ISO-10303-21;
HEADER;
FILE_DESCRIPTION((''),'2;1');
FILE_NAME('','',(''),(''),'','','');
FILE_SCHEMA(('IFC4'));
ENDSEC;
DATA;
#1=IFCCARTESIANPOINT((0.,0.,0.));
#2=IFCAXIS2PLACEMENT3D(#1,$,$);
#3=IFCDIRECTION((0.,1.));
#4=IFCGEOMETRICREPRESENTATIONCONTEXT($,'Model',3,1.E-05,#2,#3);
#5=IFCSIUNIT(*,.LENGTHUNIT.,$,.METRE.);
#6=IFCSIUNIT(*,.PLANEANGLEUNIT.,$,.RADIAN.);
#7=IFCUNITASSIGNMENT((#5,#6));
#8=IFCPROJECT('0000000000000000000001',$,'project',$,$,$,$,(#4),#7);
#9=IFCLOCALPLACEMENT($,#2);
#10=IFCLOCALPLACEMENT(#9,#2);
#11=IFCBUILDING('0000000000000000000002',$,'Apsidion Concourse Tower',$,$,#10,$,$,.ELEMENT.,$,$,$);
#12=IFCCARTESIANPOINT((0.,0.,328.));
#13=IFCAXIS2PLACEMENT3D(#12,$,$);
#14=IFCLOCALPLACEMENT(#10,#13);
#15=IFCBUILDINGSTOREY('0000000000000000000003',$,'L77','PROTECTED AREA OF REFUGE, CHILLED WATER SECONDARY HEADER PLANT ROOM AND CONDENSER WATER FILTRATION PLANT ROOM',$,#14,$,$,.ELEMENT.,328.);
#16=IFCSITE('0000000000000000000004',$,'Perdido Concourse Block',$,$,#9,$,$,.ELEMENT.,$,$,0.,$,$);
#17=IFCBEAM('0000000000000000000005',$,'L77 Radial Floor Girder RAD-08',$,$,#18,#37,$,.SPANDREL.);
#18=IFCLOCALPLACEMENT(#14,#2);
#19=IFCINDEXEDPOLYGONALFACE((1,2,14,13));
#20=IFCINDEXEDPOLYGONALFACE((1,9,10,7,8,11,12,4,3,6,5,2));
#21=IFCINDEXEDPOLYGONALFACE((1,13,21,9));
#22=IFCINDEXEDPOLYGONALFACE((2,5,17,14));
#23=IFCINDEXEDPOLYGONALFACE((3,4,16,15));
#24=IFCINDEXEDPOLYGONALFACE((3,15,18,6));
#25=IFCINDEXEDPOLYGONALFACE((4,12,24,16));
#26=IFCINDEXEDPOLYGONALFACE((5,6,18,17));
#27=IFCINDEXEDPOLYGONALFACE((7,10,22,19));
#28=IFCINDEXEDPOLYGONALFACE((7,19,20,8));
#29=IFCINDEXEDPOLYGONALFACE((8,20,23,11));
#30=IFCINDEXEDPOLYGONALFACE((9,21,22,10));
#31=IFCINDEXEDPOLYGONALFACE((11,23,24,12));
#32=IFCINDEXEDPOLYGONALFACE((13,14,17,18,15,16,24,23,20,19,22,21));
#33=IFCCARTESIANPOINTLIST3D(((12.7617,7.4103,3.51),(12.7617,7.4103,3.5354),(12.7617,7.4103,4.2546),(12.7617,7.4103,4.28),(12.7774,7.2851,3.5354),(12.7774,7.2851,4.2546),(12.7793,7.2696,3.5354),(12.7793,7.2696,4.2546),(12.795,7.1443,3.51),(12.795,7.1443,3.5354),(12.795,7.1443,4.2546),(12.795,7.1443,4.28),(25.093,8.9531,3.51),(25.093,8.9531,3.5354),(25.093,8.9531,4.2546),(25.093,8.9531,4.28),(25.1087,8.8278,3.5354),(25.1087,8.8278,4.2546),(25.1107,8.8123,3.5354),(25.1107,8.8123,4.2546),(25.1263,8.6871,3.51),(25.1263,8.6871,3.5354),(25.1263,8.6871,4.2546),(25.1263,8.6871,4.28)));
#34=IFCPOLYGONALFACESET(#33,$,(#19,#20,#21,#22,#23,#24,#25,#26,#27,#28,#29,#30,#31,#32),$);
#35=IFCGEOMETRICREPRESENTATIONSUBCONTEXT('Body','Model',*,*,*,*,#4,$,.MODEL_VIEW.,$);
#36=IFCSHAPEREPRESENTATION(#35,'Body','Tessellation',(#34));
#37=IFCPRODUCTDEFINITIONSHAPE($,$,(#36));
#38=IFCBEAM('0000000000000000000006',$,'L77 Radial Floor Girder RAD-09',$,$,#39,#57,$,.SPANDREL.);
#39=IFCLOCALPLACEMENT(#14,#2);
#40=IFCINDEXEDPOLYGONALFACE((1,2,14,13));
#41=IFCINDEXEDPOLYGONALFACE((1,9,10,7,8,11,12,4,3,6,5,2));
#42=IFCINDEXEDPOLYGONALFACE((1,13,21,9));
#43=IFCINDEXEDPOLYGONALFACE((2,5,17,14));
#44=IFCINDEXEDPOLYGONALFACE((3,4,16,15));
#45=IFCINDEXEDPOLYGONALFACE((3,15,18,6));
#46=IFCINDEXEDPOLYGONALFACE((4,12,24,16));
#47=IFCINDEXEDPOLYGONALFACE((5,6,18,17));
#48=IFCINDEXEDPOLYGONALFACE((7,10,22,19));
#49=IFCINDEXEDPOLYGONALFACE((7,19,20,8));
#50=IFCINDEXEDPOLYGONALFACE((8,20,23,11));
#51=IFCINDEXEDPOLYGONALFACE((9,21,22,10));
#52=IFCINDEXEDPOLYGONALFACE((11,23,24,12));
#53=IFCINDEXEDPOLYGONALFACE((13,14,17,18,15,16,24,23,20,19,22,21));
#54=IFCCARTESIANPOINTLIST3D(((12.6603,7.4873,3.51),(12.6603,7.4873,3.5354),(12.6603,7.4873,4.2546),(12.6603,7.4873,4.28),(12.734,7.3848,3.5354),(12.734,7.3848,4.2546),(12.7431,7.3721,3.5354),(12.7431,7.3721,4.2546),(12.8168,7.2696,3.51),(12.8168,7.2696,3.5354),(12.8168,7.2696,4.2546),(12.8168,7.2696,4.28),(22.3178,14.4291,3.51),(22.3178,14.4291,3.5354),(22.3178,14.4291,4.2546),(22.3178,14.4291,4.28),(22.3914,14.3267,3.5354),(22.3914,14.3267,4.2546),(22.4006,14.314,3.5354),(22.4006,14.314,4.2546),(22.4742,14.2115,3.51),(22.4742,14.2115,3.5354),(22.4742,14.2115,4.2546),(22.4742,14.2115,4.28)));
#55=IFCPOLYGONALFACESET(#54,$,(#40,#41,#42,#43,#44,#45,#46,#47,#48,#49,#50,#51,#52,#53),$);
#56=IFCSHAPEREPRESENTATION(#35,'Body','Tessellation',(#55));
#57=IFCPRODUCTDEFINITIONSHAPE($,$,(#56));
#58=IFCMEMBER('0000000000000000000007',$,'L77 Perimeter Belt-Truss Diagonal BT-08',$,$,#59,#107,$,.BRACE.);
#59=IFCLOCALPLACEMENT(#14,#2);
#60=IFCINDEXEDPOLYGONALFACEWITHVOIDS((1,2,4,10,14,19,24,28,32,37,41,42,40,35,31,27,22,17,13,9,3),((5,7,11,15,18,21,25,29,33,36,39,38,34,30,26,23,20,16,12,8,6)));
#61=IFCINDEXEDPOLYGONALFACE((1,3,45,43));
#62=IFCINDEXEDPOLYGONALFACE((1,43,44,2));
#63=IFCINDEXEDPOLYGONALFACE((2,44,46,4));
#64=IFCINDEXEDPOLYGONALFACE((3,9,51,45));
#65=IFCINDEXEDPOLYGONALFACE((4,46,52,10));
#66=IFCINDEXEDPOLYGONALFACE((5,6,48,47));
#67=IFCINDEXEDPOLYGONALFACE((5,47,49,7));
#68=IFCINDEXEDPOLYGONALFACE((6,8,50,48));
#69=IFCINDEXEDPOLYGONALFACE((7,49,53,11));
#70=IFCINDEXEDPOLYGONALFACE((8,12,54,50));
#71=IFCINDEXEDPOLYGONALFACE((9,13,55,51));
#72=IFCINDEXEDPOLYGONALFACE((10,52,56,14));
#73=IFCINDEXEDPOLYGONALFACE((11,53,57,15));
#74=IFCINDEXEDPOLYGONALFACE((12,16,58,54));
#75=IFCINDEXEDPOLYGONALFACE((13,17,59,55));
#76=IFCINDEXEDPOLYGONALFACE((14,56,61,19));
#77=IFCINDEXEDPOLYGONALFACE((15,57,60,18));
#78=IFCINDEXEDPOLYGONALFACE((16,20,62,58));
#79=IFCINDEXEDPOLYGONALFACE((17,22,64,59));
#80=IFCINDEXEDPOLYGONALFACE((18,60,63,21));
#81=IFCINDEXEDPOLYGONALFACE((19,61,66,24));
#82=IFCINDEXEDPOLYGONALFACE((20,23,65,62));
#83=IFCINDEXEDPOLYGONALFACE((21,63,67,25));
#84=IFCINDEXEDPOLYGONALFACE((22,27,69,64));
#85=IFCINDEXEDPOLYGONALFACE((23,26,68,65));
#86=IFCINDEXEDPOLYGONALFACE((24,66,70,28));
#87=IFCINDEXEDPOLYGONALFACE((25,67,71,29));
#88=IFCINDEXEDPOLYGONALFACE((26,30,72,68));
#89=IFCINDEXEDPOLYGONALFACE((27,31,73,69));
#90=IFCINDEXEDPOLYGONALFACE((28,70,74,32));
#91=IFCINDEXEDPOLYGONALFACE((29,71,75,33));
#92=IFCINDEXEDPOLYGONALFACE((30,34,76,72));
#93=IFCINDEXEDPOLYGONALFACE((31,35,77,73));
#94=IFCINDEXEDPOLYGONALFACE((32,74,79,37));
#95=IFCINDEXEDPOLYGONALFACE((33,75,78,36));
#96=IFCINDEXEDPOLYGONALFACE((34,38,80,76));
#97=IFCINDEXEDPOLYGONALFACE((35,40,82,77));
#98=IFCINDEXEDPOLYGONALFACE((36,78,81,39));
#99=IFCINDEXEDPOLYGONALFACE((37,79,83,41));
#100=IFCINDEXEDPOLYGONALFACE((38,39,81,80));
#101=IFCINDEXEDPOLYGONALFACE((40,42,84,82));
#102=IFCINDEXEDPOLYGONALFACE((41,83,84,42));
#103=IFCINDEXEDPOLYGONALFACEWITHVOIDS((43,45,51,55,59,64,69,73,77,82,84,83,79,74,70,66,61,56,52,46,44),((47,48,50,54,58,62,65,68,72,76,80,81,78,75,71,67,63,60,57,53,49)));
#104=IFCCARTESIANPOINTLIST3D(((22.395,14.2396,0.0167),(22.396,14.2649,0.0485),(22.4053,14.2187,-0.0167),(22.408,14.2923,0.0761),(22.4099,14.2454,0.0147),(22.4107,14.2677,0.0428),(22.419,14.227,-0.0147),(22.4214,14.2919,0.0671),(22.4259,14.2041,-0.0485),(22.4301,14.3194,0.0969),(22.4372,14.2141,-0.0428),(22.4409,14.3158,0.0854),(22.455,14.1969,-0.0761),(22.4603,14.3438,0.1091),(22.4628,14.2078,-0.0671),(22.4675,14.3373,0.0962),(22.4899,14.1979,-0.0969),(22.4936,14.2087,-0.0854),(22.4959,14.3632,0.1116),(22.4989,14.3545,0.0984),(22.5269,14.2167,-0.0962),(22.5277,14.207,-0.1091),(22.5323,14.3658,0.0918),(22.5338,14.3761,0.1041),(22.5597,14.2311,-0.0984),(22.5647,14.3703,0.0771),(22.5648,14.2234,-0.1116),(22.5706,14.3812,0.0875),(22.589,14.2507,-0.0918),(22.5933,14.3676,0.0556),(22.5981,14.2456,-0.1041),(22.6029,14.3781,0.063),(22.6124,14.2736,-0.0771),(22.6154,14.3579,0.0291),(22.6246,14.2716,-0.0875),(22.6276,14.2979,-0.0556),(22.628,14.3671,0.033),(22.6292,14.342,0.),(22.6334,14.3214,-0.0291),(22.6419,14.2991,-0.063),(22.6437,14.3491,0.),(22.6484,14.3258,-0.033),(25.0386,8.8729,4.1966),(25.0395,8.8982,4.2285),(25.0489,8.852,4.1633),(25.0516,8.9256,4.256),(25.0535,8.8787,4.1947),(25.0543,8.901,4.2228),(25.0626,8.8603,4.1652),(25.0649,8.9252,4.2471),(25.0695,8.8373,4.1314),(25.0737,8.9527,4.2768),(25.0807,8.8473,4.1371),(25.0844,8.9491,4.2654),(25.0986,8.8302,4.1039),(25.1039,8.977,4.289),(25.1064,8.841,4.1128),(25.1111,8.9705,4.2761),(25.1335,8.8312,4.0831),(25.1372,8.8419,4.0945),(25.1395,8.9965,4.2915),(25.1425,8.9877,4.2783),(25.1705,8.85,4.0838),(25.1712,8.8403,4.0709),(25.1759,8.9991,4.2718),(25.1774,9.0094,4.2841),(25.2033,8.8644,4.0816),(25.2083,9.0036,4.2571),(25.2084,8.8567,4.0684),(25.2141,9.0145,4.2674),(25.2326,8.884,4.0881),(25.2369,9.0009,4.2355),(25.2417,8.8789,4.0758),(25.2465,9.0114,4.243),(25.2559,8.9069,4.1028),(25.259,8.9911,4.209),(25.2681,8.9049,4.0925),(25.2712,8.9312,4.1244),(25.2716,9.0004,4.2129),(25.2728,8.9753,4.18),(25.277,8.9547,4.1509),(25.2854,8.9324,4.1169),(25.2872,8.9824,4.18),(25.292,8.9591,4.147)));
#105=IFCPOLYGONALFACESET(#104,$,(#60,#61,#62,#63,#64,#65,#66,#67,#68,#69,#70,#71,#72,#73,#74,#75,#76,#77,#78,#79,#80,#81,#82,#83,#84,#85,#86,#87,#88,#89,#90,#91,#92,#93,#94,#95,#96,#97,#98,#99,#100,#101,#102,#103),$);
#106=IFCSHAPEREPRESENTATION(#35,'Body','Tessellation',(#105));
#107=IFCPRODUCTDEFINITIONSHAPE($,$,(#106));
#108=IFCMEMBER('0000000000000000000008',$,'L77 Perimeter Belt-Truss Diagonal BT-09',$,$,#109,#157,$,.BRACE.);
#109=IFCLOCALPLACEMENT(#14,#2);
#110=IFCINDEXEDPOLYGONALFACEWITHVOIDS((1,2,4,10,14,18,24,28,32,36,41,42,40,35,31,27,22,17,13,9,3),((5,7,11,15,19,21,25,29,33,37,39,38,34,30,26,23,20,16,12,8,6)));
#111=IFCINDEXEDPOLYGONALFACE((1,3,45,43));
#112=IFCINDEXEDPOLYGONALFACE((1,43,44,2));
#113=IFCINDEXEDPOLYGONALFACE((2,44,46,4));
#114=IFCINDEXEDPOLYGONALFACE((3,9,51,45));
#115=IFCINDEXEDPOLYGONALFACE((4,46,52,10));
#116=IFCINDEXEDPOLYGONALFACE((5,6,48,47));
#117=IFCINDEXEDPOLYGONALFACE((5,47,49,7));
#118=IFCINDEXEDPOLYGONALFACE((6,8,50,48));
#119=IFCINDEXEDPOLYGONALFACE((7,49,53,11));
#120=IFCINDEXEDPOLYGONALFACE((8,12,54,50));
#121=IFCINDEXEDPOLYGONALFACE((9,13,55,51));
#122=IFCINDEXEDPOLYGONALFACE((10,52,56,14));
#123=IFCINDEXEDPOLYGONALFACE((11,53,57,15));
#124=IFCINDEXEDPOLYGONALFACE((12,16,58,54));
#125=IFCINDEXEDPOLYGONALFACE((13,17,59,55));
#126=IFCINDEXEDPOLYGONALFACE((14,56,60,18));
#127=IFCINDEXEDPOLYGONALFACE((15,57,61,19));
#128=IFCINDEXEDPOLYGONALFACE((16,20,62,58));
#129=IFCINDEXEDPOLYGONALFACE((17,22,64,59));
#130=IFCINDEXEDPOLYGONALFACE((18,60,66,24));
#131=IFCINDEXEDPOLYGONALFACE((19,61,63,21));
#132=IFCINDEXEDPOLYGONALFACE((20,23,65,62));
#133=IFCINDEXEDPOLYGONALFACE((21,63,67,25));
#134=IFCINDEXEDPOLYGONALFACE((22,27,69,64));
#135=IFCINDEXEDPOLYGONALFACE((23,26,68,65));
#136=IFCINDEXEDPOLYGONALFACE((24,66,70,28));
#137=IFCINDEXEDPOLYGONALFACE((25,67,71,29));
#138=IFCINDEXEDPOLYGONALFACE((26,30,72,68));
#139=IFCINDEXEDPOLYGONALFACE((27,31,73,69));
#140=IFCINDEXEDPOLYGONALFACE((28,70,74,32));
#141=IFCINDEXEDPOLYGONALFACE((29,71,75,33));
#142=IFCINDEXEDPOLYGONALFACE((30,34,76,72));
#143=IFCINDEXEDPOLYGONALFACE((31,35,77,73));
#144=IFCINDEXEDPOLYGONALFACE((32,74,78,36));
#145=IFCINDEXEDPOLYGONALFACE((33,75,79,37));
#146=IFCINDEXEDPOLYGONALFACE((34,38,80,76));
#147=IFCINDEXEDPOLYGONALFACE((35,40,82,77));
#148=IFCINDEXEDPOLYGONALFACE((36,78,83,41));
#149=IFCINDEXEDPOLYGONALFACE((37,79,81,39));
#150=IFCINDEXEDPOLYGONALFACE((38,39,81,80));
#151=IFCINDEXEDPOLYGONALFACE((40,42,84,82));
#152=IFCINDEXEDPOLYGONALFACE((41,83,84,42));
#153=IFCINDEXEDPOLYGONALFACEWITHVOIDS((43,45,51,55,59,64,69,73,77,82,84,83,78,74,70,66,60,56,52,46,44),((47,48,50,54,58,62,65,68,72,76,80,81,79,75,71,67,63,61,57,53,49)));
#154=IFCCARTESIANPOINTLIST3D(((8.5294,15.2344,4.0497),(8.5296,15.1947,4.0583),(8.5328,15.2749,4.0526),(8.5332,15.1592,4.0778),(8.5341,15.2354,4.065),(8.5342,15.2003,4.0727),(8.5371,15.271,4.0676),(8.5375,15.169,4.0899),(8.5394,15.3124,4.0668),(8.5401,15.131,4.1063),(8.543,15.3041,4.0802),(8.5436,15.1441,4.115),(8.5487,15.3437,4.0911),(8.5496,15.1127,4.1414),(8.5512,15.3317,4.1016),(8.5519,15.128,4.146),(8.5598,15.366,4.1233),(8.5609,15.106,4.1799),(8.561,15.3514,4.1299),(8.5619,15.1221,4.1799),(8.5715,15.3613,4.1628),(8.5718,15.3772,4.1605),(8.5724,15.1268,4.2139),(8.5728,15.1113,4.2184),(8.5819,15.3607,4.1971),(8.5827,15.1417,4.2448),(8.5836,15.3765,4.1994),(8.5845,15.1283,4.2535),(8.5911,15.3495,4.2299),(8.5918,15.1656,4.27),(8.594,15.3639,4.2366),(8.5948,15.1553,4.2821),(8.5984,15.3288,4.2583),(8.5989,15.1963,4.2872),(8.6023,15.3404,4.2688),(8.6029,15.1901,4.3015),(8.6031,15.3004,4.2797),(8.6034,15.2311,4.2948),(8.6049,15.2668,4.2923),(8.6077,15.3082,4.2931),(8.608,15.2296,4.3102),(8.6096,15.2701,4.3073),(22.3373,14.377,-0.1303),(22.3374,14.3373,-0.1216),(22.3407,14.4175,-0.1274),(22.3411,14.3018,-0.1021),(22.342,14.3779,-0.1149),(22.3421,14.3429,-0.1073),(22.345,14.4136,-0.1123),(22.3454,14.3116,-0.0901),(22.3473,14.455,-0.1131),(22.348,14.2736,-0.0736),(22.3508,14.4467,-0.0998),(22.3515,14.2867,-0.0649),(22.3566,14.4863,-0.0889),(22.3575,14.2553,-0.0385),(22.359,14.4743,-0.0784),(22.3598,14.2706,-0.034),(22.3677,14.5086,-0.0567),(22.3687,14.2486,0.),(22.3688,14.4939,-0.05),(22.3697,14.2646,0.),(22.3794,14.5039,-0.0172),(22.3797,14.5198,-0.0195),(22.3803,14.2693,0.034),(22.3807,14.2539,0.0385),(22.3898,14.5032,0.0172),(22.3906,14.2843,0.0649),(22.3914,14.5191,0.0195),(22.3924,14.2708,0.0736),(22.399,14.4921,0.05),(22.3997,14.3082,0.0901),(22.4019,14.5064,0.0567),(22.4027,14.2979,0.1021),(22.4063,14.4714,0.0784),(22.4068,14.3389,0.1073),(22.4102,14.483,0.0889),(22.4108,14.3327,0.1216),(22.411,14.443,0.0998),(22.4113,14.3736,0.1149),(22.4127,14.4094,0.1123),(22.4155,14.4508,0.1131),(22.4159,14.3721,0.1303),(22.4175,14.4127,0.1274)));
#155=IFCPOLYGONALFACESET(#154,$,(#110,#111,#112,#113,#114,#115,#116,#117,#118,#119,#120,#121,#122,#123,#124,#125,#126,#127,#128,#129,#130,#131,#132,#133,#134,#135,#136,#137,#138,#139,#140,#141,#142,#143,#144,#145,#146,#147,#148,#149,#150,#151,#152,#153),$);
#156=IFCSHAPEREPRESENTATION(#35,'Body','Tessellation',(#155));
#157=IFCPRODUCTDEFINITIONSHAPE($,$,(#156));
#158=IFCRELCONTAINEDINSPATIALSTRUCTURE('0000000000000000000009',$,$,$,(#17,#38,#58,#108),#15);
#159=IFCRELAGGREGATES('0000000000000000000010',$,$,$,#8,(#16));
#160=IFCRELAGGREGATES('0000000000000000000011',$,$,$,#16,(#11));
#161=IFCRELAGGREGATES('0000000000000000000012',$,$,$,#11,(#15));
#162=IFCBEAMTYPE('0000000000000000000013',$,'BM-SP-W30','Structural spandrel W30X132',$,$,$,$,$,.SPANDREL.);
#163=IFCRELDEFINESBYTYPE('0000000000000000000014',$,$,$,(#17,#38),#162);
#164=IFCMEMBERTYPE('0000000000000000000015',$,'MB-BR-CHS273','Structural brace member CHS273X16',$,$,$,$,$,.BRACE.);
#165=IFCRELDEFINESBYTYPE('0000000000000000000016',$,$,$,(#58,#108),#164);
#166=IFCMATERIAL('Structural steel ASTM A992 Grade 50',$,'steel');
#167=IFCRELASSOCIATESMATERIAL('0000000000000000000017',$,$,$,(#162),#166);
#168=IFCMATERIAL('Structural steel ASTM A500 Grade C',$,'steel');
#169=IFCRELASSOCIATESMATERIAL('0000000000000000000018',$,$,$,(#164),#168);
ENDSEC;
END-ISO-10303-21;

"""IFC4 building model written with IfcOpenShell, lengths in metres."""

from ifc_helpers import new_model, si_unit, direction, frame, origin, origin_2d, place, context, subcontext, project, spatial, hollow_circle, i_section, extrude, material, material_profile, profile_set, type_object, element, save


model = new_model("IFC4")

# Units and contexts
model_context = context("Model", 3, precision=1e-05, world=origin(), true_north=direction((0.0, 1.0)))
body_context = subcontext(model_context, "Body", "Model", "MODEL_VIEW")
ifc_project = project(units=[si_unit("LENGTHUNIT", "METRE"), si_unit("PLANEANGLEUNIT", "RADIAN")], contexts=[model_context])

# Site, building, storey
site_placement = place(None, origin())
site = spatial("IfcSite", under=ifc_project, at=site_placement, Name="Perdido Concourse Block", CompositionType="ELEMENT", RefElevation=0.0)
building_placement = place(site_placement, origin())
building = spatial("IfcBuilding", under=site, at=building_placement, Name="Apsidion Concourse Tower", CompositionType="ELEMENT")
storey_placement = place(building_placement, frame((0.0, 0.0, 328.0)))
storey = spatial("IfcBuildingStorey", under=building, at=storey_placement, Name="L77", Description="PROTECTED AREA OF REFUGE, CHILLED WATER SECONDARY HEADER PLANT ROOM AND CONDENSER WATER FILTRATION PLANT ROOM", CompositionType="ELEMENT", Elevation=328.0)

# Shared definitions
ifc_material_1 = material(Name="Structural steel ASTM A992 Grade 50", Category="steel")

# Beams
ifc_material_profile_1 = material_profile(ifc_material_1, i_section(OverallWidth=0.2681, OverallDepth=0.77, WebThickness=0.0156, FlangeThickness=0.0254, at=origin_2d()), Name="W30X132")
ifc_profile_set_1 = profile_set([ifc_material_profile_1], Name="Structural steel ASTM A992 Grade 50")
beam_type_1 = type_object("IfcBeamType", Name="BM-SP-W30", Description="Structural spandrel W30X132", PredefinedType="SPANDREL", material=ifc_profile_set_1)
beam_1_placement = place(storey_placement, frame((12.7783, 7.2773, 3.895), z_axis=(0.992265, 0.124139, 0.0), x_axis=(-0.124139, 0.992265, 0.0)))
element("IfcBeam", 1, at=beam_1_placement, inside=storey, type_object=beam_type_1, Name="L77 Radial Floor Girder RAD-08", PredefinedType="SPANDREL", context=body_context, shape_type="SweptSolid", body=[
    extrude(i_section(OverallWidth=0.2681, OverallDepth=0.77, WebThickness=0.0156, FlangeThickness=0.0254, at=origin_2d()), origin(), (0.0, 0.0, 1.0), 12.4275),
])
beam_2_placement = place(storey_placement, frame((12.7385, 7.3784, 3.895), z_axis=(0.811992, 0.583669, 0.0), x_axis=(-0.583669, 0.811992, 0.0)))
element("IfcBeam", 2, at=beam_2_placement, inside=storey, type_object=beam_type_1, Name="L77 Radial Floor Girder RAD-09", PredefinedType="SPANDREL", context=body_context, shape_type="SweptSolid", body=[
    extrude(i_section(OverallWidth=0.2681, OverallDepth=0.77, WebThickness=0.0156, FlangeThickness=0.0254, at=origin_2d()), origin(), (0.0, 0.0, 1.0), 11.8936),
])

# Members
ifc_material_2 = material(Name="Structural steel ASTM A500 Grade C", Category="steel")
ifc_material_profile_2 = material_profile(ifc_material_2, hollow_circle(Radius=0.1365, WallThickness=0.0161, at=origin_2d()), Name="CHS273X16")
ifc_profile_set_2 = profile_set([ifc_material_profile_2], Name="Structural steel ASTM A500 Grade C")
member_type_1 = type_object("IfcMemberType", Name="MB-BR-CHS273", Description="Structural brace member CHS273X16", PredefinedType="BRACE", material=ifc_profile_set_2)
member_1_placement = place(storey_placement, frame((22.5212, 14.2888, 0.0), z_axis=(0.362227, -0.73536, 0.572746), x_axis=(0.897072, 0.441884, 0.0)))
element("IfcMember", 3, at=member_1_placement, inside=storey, type_object=member_type_1, Name="L77 Perimeter Belt-Truss Diagonal BT-08", PredefinedType="BRACE", context=body_context, shape_type="SweptSolid", body=[
    extrude(hollow_circle(Radius=0.1365, WallThickness=0.0161, at=origin_2d()), origin(), (0.0, 0.0, 1.0), 7.2981),
])
member_2_placement = place(storey_placement, frame((22.3772, 14.3848, 0.0), z_axis=(-0.955421, 0.059328, 0.289226), x_axis=(-0.061977, -0.998078, 0.0)))
element("IfcMember", 4, at=member_2_placement, inside=storey, type_object=member_type_1, Name="L77 Perimeter Belt-Truss Diagonal BT-09", PredefinedType="BRACE", context=body_context, shape_type="SweptSolid", body=[
    extrude(hollow_circle(Radius=0.1365, WallThickness=0.0161, at=origin_2d()), origin(), (0.0, 0.0, 1.0), 14.4521),
])

save(model, "model.ifc")
